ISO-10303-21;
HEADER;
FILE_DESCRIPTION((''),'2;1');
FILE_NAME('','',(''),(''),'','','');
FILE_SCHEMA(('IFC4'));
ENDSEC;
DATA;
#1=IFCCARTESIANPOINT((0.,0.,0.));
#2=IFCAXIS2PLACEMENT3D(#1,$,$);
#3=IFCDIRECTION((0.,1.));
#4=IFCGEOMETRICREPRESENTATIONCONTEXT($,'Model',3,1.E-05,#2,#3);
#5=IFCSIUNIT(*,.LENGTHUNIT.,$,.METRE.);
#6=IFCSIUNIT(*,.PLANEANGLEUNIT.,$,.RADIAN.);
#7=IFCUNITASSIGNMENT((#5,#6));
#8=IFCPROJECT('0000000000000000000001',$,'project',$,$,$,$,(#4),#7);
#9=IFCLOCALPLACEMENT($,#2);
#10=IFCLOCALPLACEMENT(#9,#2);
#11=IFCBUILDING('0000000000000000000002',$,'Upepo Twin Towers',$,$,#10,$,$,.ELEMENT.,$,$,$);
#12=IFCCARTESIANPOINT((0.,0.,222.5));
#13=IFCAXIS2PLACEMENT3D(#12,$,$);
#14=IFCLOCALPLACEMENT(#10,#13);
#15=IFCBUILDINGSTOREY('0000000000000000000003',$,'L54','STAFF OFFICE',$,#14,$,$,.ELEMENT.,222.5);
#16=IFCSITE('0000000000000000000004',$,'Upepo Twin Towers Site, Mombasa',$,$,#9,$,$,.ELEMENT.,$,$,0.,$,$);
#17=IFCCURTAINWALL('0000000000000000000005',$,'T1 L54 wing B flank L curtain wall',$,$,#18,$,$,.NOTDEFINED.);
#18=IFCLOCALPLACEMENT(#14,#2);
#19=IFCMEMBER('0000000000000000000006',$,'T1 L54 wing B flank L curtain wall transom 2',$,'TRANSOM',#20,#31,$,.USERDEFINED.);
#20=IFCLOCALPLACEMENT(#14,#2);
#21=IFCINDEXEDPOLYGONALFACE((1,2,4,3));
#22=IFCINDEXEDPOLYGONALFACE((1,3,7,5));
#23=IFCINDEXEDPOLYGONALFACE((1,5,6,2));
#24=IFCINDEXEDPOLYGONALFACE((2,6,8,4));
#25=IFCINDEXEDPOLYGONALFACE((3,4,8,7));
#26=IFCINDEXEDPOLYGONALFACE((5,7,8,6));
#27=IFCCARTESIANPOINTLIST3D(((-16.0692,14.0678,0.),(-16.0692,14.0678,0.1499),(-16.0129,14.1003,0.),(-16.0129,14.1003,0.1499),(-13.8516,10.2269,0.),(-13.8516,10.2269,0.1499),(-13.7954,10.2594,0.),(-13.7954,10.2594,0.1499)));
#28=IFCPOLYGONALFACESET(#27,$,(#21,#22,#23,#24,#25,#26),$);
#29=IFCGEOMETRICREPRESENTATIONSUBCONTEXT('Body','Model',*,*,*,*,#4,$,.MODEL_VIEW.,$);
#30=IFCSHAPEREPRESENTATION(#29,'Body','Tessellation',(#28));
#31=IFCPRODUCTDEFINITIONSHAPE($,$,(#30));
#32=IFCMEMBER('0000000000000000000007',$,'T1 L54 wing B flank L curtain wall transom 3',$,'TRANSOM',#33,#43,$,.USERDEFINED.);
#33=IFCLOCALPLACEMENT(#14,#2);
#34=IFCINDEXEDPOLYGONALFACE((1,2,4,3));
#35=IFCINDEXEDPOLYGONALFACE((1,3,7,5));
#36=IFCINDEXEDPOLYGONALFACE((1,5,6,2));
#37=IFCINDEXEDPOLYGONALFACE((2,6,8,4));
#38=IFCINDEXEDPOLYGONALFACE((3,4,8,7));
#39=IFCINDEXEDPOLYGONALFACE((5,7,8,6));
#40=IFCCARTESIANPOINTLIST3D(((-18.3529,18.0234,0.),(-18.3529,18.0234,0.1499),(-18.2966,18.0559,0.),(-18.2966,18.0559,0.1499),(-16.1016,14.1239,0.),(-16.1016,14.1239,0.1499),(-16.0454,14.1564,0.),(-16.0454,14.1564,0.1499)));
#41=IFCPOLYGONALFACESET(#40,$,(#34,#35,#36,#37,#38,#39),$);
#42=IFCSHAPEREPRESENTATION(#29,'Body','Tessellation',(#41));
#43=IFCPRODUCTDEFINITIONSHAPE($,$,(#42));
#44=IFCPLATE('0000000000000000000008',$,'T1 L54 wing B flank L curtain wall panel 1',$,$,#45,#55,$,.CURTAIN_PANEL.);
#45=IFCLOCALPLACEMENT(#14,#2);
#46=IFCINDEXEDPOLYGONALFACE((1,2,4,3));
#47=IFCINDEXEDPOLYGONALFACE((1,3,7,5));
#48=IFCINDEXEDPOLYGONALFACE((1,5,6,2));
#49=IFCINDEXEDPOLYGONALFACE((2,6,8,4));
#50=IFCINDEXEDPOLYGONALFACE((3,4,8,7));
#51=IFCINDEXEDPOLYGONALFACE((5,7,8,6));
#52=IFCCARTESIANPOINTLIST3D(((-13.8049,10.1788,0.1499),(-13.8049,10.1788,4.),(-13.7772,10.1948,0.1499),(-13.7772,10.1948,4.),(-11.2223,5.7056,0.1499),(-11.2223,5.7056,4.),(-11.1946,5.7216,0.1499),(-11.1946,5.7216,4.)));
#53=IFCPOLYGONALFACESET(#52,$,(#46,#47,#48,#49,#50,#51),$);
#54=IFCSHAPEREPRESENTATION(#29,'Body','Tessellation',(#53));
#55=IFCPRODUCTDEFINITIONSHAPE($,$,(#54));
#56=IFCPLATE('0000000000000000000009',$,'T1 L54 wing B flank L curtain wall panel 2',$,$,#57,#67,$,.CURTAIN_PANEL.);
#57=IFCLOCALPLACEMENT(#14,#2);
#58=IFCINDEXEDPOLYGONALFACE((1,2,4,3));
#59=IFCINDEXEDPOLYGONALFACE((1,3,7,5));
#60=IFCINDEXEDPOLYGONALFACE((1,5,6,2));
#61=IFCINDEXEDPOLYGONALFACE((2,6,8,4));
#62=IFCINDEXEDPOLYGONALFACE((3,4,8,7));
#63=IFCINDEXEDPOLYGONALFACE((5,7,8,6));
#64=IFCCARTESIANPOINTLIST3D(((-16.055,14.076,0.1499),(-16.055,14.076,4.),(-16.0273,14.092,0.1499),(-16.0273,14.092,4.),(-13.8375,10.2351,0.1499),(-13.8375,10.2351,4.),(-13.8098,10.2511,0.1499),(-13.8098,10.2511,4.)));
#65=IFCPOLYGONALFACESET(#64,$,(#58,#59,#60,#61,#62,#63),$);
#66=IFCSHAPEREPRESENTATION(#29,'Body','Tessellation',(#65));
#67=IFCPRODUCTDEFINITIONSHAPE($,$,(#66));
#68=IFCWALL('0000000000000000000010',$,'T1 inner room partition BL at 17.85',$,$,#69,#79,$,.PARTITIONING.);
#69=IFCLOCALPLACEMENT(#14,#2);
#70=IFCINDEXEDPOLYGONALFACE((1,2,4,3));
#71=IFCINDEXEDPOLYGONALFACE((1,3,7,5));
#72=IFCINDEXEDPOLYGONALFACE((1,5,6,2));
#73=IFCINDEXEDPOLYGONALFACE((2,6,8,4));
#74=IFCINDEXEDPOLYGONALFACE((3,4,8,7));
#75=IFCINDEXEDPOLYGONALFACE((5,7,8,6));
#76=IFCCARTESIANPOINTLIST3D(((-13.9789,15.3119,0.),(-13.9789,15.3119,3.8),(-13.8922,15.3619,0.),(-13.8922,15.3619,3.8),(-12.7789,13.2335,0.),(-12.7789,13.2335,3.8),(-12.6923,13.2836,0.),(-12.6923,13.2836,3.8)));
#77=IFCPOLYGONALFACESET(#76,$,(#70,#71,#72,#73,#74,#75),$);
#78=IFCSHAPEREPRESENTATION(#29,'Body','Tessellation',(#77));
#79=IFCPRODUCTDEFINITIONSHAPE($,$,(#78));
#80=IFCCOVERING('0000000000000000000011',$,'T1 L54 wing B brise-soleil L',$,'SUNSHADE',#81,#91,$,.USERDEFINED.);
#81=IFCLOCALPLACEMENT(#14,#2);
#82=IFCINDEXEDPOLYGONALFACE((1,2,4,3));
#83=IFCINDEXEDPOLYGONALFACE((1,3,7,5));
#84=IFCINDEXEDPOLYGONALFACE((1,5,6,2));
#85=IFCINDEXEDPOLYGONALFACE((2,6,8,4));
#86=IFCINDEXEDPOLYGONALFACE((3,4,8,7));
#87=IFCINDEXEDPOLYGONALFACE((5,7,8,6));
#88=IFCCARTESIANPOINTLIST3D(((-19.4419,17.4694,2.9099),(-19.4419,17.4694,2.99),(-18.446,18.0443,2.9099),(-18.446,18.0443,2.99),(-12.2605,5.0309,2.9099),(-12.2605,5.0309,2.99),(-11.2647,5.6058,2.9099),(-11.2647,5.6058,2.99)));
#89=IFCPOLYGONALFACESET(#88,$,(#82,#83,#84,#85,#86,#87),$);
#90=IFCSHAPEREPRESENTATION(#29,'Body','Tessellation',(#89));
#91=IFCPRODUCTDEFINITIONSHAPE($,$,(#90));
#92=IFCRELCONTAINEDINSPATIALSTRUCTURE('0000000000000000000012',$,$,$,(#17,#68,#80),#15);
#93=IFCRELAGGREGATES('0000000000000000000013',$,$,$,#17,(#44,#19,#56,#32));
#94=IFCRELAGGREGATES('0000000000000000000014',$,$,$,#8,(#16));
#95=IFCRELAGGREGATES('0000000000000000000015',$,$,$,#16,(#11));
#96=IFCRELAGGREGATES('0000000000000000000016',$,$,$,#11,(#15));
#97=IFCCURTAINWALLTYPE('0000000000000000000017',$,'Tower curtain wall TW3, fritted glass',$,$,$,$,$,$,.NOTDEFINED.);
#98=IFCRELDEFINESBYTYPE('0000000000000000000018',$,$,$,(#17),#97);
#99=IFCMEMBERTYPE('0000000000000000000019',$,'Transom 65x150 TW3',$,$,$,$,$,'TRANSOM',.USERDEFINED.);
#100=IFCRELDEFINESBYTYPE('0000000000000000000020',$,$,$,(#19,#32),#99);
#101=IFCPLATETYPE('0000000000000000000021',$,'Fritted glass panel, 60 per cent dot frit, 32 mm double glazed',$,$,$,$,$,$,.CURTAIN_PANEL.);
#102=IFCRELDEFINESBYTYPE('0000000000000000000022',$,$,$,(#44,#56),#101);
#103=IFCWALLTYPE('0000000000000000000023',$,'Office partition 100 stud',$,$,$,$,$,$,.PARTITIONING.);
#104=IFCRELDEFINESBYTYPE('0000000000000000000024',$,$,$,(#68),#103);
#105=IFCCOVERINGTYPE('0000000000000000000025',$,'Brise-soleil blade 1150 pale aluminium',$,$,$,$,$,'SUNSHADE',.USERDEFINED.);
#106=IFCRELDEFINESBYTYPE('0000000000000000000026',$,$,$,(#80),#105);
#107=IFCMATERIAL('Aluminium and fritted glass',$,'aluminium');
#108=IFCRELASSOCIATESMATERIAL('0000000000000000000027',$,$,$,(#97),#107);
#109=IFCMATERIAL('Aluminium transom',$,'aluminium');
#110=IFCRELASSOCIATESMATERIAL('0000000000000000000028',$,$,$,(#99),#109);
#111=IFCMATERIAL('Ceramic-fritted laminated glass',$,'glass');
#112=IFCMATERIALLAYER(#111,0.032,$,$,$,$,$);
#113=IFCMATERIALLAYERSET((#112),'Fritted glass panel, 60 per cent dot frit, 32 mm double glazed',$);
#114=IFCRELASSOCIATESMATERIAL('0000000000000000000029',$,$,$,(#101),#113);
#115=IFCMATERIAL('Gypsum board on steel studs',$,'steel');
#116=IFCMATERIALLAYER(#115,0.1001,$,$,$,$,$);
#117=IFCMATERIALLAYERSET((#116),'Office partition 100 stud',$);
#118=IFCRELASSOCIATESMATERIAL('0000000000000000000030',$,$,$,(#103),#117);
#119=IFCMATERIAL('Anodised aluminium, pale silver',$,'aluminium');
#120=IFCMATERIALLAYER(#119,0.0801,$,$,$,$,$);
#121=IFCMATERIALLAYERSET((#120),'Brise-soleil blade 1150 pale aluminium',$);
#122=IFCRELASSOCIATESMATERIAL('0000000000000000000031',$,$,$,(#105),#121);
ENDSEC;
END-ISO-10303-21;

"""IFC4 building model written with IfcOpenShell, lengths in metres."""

from ifc_helpers import new_model, si_unit, direction, frame, frame_2d, origin, origin_2d, place, context, subcontext, project, spatial, rectangle, extrude, material, layer, layer_set, material_profile, profile_set, type_object, element, aggregate, save


model = new_model("IFC4")

# Units and contexts
model_context = context("Model", 3, precision=1e-05, world=origin(), true_north=direction((0.0, 1.0)))
body_context = subcontext(model_context, "Body", "Model", "MODEL_VIEW")
ifc_project = project(units=[si_unit("LENGTHUNIT", "METRE"), si_unit("PLANEANGLEUNIT", "RADIAN")], contexts=[model_context])

# Site, building, storey
site_placement = place(None, origin())
site = spatial("IfcSite", under=ifc_project, at=site_placement, Name="Upepo Twin Towers Site, Mombasa", CompositionType="ELEMENT", RefElevation=0.0)
building_placement = place(site_placement, origin())
building = spatial("IfcBuilding", under=site, at=building_placement, Name="Upepo Twin Towers", CompositionType="ELEMENT")
storey_placement = place(building_placement, frame((0.0, 0.0, 222.5)))
storey = spatial("IfcBuildingStorey", under=building, at=storey_placement, Name="L54", Description="STAFF OFFICE", CompositionType="ELEMENT", Elevation=222.5)

# Curtain wall, members, plates
ifc_material_1 = material(Name="Aluminium and fritted glass", Category="aluminium")
curtain_wall_type = type_object("IfcCurtainWallType", Name="Tower curtain wall TW3, fritted glass", PredefinedType="NOTDEFINED", material=ifc_material_1)
curtain_wall_placement = place(storey_placement, origin())
curtain_wall = element("IfcCurtainWall", 1, at=curtain_wall_placement, inside=storey, type_object=curtain_wall_type, Name="T1 L54 wing B flank L curtain wall", PredefinedType="NOTDEFINED")
ifc_material_2 = material(Name="Aluminium transom", Category="aluminium")
ifc_material_profile_1 = material_profile(ifc_material_2, rectangle(XDim=0.0649, YDim=0.1499, at=origin_2d()), Name="TRANSOM 65x150")
ifc_profile_set_1 = profile_set([ifc_material_profile_1], Name="Aluminium transom")
member_type_1 = type_object("IfcMemberType", Name="Transom 65x150 TW3", ElementType="TRANSOM", PredefinedType="USERDEFINED", material=ifc_profile_set_1)
member_1_placement = place(storey_placement, frame((-13.8235, 10.2432, 0.075), z_axis=(-0.500005, 0.866022, 0.0), x_axis=(-0.866022, -0.500005, 0.0)))
member_1 = element("IfcMember", 2, at=member_1_placement, type_object=member_type_1, Name="T1 L54 wing B flank L curtain wall transom 2", ObjectType="TRANSOM", PredefinedType="USERDEFINED", context=body_context, shape_type="SweptSolid", body=[
    extrude(rectangle(XDim=0.0649, YDim=0.1499, at=origin_2d()), origin(), (0.0, 0.0, 1.0), 4.4351),
])
member_2_placement = place(storey_placement, frame((-16.0735, 14.1401, 0.075), z_axis=(-0.499982, 0.866036, 0.0), x_axis=(-0.866036, -0.499982, 0.0)))
member_2 = element("IfcMember", 3, at=member_2_placement, type_object=member_type_1, Name="T1 L54 wing B flank L curtain wall transom 3", ObjectType="TRANSOM", PredefinedType="USERDEFINED", context=body_context, shape_type="SweptSolid", body=[
    extrude(rectangle(XDim=0.0649, YDim=0.1499, at=origin_2d()), origin(), (0.0, 0.0, 1.0), 4.5027),
])
ifc_material_3 = material(Name="Ceramic-fritted laminated glass", Category="glass")
ifc_layer_1 = layer(ifc_material_3, 0.032)
ifc_layer_set_1 = layer_set([ifc_layer_1], Name="Fritted glass panel, 60 per cent dot frit, 32 mm double glazed")
plate_type = type_object("IfcPlateType", Name="Fritted glass panel, 60 per cent dot frit, 32 mm double glazed", PredefinedType="CURTAIN_PANEL", material=ifc_layer_set_1)
plate_1_placement = place(storey_placement, frame((-12.4998, 7.9502, 0.1499), z_axis=(0.0, 0.0, 1.0), x_axis=(-0.5, 0.866025, 0.0)))
plate_1 = element("IfcPlate", 4, at=plate_1_placement, type_object=plate_type, Name="T1 L54 wing B flank L curtain wall panel 1", PredefinedType="CURTAIN_PANEL", context=body_context, shape_type="SweptSolid", body=[
    extrude(rectangle(XDim=5.1653, YDim=0.032, at=origin_2d()), origin(), (0.0, 0.0, 1.0), 3.8501),
])
plate_2_placement = place(storey_placement, frame((-14.9324, 12.1636, 0.1499), z_axis=(0.0, 0.0, 1.0), x_axis=(-0.5, 0.866025, 0.0)))
plate_2 = element("IfcPlate", 5, at=plate_2_placement, type_object=plate_type, Name="T1 L54 wing B flank L curtain wall panel 2", PredefinedType="CURTAIN_PANEL", context=body_context, shape_type="SweptSolid", body=[
    extrude(rectangle(XDim=4.4351, YDim=0.032, at=origin_2d()), origin(), (0.0, 0.0, 1.0), 3.8501),
])
aggregate(curtain_wall, [plate_1, member_1, plate_2, member_2])

# Wall
ifc_material_4 = material(Name="Gypsum board on steel studs", Category="steel")
ifc_layer_2 = layer(ifc_material_4, 0.1001)
ifc_layer_set_2 = layer_set([ifc_layer_2], Name="Office partition 100 stud")
wall_type = type_object("IfcWallType", Name="Office partition 100 stud", PredefinedType="PARTITIONING", material=ifc_layer_set_2)
wall_placement = place(storey_placement, frame((-12.7356, 13.2585, 0.0), z_axis=(0.0, 0.0, 1.0), x_axis=(-0.500001, 0.866025, 0.0)))
element("IfcWall", 6, at=wall_placement, inside=storey, type_object=wall_type, Name="T1 inner room partition BL at 17.85", PredefinedType="PARTITIONING", context=body_context, shape_type="SweptSolid", body=[
    extrude(rectangle(XDim=2.3999, YDim=0.1001, at=frame_2d((1.2, 0.0))), origin(), (0.0, 0.0, 1.0), 3.8),
])

# Covering
ifc_material_5 = material(Name="Anodised aluminium, pale silver", Category="aluminium")
ifc_layer_3 = layer(ifc_material_5, 0.0801)
ifc_layer_set_3 = layer_set([ifc_layer_3], Name="Brise-soleil blade 1150 pale aluminium")
covering_type = type_object("IfcCoveringType", Name="Brise-soleil blade 1150 pale aluminium", ElementType="SUNSHADE", PredefinedType="USERDEFINED", material=ifc_layer_set_3)
covering_placement = place(storey_placement, frame((-15.3533, 11.5376, 2.9099), z_axis=(0.0, 0.0, 1.0), x_axis=(-0.5, 0.866025, 0.0)))
element("IfcCovering", 7, at=covering_placement, inside=storey, type_object=covering_type, Name="T1 L54 wing B brise-soleil L", ObjectType="SUNSHADE", PredefinedType="USERDEFINED", context=body_context, shape_type="SweptSolid", body=[
    extrude(rectangle(XDim=14.3628, YDim=1.1499, at=origin_2d()), origin(), (0.0, 0.0, 1.0), 0.0801),
])

save(model, "model.ifc")
